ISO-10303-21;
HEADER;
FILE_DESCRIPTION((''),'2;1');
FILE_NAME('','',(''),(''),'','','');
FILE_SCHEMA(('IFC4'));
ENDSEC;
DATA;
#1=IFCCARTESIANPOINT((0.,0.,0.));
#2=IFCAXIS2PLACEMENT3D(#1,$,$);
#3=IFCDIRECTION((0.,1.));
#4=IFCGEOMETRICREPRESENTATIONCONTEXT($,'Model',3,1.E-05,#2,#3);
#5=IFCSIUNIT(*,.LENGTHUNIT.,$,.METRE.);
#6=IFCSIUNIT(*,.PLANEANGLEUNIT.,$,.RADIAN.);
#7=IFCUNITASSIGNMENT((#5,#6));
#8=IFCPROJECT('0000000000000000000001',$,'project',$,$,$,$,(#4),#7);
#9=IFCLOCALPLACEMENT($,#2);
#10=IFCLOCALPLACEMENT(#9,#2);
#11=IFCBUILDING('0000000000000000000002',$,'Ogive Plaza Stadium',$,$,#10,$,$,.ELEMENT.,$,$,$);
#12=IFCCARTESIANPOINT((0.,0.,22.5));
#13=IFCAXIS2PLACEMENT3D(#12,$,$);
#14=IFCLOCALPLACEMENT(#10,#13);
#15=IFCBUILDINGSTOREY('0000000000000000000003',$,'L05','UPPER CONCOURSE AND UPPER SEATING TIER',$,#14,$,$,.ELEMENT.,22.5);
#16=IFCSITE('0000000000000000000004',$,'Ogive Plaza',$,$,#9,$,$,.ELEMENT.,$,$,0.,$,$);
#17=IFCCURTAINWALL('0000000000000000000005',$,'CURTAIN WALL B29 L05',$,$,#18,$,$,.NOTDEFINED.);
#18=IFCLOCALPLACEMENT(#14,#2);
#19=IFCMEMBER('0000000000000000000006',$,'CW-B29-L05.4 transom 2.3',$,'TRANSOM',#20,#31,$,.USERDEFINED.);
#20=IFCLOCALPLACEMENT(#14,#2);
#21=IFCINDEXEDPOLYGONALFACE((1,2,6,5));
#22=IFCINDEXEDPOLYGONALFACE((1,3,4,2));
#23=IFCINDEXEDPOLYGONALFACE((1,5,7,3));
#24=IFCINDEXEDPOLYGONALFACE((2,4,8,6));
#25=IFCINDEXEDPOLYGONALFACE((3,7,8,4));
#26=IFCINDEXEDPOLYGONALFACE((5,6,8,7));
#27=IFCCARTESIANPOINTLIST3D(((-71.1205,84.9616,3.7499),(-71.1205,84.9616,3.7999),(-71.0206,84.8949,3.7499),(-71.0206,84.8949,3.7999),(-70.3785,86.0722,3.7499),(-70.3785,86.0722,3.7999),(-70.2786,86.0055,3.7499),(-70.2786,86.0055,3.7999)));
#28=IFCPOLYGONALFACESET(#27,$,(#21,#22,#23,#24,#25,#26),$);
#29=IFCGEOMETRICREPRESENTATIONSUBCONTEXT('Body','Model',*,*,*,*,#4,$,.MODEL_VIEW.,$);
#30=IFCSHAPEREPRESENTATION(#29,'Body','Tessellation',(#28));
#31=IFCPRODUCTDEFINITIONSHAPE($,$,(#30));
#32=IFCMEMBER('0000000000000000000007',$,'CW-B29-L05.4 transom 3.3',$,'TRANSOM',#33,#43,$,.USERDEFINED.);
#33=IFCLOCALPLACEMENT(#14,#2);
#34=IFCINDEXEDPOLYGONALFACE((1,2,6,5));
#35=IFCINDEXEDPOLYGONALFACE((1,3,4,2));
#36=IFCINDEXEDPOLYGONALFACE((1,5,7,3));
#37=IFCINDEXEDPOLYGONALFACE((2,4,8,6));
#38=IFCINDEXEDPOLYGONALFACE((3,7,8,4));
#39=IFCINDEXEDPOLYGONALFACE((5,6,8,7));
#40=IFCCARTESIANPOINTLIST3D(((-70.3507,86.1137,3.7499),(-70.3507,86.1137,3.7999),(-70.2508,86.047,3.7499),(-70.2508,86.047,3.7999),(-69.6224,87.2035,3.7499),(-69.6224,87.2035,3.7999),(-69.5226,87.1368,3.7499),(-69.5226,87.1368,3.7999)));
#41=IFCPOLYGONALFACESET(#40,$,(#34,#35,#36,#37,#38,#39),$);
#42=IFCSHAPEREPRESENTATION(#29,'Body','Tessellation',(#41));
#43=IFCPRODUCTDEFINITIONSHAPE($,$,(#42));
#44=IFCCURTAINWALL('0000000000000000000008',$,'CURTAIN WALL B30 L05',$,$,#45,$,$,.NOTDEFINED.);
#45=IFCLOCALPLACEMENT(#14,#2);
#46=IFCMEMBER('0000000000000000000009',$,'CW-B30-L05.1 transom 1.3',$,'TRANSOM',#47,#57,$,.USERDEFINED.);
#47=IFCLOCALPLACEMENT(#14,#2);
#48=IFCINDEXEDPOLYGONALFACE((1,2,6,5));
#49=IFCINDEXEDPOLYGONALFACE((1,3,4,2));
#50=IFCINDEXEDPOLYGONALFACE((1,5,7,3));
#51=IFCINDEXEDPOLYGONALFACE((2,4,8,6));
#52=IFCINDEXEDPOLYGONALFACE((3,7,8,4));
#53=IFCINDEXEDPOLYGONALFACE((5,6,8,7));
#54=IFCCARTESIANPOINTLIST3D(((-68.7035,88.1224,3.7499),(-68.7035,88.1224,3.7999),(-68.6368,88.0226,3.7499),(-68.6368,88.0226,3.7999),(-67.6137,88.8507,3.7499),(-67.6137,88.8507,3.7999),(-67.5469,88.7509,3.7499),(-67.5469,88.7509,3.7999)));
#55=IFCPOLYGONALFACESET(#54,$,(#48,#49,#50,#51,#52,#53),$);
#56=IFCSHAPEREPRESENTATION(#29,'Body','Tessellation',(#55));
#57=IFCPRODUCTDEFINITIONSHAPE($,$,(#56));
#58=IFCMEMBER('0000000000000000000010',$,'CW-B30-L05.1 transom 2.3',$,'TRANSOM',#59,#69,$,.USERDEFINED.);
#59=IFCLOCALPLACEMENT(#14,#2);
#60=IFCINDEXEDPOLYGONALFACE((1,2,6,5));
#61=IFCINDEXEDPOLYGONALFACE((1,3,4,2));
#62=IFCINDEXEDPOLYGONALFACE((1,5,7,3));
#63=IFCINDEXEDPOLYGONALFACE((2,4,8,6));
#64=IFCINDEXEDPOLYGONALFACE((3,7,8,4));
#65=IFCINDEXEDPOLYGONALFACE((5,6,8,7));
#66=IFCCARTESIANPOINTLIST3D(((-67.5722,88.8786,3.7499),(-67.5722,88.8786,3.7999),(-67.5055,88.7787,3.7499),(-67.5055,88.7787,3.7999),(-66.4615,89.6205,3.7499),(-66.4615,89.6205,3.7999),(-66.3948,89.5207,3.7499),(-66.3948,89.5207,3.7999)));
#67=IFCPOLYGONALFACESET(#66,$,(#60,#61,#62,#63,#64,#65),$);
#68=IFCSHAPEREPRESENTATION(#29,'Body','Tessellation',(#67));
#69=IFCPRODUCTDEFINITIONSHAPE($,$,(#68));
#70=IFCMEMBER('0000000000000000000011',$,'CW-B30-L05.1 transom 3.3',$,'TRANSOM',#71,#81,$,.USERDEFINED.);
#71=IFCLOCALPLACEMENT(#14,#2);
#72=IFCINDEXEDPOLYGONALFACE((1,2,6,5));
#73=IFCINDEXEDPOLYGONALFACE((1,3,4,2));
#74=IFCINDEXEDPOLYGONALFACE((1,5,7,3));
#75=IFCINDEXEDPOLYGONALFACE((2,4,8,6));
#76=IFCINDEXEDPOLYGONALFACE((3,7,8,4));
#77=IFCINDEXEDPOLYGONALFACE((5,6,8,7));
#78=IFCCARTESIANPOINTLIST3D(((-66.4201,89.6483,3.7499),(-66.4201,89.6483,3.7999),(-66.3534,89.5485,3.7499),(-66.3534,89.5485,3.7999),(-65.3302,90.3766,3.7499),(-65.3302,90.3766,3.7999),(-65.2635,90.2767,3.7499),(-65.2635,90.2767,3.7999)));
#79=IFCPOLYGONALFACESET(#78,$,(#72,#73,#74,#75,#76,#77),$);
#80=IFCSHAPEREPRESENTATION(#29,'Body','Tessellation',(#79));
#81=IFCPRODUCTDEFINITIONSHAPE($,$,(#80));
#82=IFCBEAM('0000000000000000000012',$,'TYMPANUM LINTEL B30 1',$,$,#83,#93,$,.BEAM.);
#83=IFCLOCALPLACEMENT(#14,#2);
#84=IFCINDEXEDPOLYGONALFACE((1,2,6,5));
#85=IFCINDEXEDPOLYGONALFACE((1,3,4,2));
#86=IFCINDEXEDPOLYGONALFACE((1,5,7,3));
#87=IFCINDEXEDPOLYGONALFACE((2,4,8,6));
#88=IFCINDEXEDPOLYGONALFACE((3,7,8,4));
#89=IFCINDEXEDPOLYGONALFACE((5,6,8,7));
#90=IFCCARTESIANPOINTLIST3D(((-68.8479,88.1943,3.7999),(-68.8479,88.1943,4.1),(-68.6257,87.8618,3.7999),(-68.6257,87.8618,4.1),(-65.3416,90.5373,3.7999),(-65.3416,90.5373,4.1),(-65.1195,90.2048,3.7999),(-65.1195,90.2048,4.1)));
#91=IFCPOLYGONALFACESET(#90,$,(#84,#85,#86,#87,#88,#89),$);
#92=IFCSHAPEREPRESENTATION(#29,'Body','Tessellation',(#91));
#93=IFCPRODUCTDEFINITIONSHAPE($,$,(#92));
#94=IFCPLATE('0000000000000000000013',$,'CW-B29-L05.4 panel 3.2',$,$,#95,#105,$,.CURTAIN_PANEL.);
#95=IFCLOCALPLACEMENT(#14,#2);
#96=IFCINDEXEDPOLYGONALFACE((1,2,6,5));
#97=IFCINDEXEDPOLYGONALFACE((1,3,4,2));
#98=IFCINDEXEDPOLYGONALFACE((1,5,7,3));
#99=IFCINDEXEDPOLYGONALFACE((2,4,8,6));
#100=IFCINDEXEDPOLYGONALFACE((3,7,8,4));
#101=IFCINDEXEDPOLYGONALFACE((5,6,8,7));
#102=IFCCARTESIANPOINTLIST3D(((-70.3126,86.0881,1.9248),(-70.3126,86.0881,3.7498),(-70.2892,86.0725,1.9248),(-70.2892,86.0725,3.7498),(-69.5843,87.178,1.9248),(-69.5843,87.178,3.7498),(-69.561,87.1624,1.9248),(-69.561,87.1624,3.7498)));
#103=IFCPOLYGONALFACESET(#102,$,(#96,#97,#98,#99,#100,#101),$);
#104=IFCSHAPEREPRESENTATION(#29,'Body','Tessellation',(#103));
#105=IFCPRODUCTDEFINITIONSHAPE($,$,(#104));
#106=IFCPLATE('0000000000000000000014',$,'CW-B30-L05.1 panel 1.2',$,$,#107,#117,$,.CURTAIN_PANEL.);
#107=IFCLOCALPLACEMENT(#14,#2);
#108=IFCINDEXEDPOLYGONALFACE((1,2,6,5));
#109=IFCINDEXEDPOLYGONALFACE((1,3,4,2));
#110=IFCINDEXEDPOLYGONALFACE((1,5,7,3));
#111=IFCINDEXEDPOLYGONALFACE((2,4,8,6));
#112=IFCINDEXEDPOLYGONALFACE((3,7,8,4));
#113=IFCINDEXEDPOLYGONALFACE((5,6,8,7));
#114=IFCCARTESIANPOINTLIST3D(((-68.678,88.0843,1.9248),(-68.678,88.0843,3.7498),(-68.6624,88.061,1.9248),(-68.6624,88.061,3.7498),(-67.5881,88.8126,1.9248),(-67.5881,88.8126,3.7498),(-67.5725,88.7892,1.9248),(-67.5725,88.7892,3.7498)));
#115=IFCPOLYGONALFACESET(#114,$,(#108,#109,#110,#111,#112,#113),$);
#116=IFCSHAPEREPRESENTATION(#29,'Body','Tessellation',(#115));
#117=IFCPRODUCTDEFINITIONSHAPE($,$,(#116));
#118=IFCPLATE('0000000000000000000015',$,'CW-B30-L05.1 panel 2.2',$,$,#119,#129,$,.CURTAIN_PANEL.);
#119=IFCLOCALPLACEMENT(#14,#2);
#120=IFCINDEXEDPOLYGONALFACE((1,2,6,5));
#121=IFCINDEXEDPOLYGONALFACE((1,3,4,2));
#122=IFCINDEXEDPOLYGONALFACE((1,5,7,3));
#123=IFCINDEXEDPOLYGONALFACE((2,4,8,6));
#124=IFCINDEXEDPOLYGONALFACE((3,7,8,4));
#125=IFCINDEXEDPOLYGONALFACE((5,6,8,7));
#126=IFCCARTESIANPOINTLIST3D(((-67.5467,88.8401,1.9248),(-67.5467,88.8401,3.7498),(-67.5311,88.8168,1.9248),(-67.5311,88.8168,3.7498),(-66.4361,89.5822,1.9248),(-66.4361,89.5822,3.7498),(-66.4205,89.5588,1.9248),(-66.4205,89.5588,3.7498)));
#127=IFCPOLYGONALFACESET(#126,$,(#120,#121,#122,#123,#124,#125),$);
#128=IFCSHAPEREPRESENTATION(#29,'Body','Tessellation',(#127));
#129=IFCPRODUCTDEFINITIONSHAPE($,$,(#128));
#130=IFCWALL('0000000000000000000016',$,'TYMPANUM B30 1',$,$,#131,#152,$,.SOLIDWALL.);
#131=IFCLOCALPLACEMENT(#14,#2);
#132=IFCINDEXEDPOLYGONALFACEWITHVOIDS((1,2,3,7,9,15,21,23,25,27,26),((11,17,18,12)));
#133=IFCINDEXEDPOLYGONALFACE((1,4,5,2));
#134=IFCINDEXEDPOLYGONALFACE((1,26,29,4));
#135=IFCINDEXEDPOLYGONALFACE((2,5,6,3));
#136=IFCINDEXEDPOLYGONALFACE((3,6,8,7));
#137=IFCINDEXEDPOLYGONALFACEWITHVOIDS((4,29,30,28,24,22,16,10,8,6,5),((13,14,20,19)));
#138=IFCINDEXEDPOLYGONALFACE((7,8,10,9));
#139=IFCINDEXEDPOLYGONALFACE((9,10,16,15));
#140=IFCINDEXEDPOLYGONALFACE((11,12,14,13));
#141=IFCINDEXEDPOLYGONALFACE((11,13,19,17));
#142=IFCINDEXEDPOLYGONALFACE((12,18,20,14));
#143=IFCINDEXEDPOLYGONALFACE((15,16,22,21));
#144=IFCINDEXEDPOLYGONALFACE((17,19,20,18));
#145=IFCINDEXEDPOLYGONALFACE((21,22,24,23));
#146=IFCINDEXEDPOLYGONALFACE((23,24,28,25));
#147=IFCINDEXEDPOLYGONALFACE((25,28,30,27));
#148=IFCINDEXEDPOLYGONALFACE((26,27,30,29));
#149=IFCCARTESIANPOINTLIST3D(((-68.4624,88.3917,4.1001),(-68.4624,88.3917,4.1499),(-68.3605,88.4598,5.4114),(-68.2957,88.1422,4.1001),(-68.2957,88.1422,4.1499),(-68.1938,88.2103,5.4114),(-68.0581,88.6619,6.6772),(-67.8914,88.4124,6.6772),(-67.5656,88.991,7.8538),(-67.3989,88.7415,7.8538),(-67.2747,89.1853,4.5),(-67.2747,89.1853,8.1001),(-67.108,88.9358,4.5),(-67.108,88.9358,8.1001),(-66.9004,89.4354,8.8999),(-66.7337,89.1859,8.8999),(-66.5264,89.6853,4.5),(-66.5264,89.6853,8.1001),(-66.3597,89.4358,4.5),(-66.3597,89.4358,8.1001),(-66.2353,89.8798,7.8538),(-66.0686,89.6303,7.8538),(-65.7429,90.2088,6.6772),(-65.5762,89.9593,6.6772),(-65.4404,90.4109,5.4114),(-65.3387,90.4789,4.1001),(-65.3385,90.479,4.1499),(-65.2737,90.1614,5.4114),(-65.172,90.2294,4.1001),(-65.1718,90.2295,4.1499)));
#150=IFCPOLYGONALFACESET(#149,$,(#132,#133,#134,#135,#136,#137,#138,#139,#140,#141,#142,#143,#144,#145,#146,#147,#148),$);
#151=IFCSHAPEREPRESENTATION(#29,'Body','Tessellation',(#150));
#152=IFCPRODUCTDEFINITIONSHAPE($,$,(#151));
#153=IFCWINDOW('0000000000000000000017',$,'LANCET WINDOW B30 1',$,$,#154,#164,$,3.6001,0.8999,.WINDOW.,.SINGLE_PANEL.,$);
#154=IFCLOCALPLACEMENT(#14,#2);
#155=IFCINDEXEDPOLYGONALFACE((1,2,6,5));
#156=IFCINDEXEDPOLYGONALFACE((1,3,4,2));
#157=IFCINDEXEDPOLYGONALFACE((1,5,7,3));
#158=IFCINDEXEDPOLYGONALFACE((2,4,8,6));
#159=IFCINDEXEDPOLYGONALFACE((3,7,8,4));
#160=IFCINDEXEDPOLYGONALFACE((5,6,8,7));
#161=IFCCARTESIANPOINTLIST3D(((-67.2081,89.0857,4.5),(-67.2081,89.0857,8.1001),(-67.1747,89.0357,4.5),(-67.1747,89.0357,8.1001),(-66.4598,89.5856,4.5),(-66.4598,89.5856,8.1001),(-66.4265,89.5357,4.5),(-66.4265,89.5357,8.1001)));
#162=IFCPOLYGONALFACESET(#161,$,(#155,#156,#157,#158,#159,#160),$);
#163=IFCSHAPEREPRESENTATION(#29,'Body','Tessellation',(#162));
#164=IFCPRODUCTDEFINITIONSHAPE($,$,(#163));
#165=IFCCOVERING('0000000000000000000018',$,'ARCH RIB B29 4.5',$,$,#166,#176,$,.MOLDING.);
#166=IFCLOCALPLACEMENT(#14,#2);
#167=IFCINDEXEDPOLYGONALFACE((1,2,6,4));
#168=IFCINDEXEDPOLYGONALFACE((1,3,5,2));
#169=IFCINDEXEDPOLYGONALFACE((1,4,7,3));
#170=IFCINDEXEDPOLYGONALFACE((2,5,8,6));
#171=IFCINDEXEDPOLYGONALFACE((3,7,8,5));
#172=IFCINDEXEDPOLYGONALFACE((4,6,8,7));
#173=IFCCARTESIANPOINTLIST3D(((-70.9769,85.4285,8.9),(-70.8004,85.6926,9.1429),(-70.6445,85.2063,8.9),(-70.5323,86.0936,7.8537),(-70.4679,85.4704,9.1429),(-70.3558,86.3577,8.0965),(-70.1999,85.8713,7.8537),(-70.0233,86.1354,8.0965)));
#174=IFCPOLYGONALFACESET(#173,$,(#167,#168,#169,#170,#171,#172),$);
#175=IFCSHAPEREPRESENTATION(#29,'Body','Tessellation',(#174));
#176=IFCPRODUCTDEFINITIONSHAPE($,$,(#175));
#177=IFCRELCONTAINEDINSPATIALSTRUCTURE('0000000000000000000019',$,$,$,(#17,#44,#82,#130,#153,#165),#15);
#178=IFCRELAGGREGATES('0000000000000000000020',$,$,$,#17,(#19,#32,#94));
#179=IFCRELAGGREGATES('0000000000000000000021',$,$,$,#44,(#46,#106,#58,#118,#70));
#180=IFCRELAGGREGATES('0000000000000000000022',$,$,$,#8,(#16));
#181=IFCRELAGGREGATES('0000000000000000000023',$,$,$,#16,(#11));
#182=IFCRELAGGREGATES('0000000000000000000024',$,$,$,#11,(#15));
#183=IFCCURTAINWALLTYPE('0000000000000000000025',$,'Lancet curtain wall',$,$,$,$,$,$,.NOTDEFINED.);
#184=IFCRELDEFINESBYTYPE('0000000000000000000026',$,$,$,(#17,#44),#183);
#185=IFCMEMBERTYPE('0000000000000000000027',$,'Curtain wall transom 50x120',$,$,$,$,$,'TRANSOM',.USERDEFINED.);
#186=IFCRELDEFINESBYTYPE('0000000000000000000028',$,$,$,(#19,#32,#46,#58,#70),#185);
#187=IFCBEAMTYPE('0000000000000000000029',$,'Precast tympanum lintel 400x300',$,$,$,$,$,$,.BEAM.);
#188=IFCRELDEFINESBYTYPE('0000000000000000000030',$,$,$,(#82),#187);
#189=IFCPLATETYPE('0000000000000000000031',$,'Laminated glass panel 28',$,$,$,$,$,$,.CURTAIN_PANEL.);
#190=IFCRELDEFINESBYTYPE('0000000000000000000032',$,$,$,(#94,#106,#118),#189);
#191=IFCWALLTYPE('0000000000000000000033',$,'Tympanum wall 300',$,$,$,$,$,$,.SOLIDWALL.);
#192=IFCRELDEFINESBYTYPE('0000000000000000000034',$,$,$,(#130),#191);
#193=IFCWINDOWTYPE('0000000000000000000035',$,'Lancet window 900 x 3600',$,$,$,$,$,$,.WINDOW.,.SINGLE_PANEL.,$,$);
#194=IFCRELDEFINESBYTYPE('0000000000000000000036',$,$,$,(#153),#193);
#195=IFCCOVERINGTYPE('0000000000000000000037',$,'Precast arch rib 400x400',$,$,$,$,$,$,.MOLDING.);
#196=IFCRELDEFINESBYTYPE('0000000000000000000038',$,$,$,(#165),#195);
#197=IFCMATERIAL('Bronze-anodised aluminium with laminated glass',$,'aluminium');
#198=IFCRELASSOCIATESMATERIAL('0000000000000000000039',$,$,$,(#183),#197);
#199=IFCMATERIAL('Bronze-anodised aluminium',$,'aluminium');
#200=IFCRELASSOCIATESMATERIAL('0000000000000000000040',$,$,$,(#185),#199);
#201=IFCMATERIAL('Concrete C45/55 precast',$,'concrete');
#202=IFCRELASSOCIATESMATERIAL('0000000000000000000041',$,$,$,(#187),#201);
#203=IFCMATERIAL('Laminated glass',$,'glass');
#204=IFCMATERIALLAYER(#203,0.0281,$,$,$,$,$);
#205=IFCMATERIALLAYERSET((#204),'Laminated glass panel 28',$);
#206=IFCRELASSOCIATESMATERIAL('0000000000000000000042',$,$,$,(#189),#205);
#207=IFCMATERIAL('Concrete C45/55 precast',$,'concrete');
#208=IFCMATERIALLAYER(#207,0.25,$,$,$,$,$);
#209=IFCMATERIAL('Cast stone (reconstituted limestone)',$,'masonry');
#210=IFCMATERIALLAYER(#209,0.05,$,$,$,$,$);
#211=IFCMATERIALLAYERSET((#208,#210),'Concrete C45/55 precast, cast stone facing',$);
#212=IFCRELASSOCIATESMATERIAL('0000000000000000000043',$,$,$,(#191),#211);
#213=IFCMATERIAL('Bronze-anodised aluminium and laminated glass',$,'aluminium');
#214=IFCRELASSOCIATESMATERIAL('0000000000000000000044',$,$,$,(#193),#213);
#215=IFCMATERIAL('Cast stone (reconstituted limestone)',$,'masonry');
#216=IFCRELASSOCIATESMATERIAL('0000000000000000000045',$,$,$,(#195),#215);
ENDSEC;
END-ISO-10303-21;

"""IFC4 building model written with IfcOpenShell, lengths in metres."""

from ifc_helpers import new_model, si_unit, direction, frame, frame_2d, origin, origin_2d, place, context, subcontext, project, spatial, polyline, rectangle, outline, extrude, material, layer, layer_set, material_profile, profile_set, type_object, element, fill, aggregate, save


model = new_model("IFC4")

# Units and contexts
model_context = context("Model", 3, precision=1e-05, world=origin(), true_north=direction((0.0, 1.0)))
body_context = subcontext(model_context, "Body", "Model", "MODEL_VIEW")
ifc_project = project(units=[si_unit("LENGTHUNIT", "METRE"), si_unit("PLANEANGLEUNIT", "RADIAN")], contexts=[model_context])

# Site, building, storey
site_placement = place(None, origin())
site = spatial("IfcSite", under=ifc_project, at=site_placement, Name="Ogive Plaza", CompositionType="ELEMENT", RefElevation=0.0)
building_placement = place(site_placement, origin())
building = spatial("IfcBuilding", under=site, at=building_placement, Name="Ogive Plaza Stadium", CompositionType="ELEMENT")
storey_placement = place(building_placement, frame((0.0, 0.0, 22.5)))
storey = spatial("IfcBuildingStorey", under=building, at=storey_placement, Name="L05", Description="UPPER CONCOURSE AND UPPER SEATING TIER", CompositionType="ELEMENT", Elevation=22.5)

# Curtain walls, members
ifc_material_1 = material(Name="Bronze-anodised aluminium with laminated glass", Category="aluminium")
curtain_wall_type = type_object("IfcCurtainWallType", Name="Lancet curtain wall", PredefinedType="NOTDEFINED", material=ifc_material_1)
curtain_wall_1_placement = place(storey_placement, origin())
curtain_wall_1 = element("IfcCurtainWall", 1, at=curtain_wall_1_placement, inside=storey, type_object=curtain_wall_type, Name="CURTAIN WALL B29 L05", PredefinedType="NOTDEFINED")
ifc_material_2 = material(Name="Bronze-anodised aluminium", Category="aluminium")
ifc_material_profile_1 = material_profile(ifc_material_2, rectangle(XDim=0.1201, YDim=0.05, at=origin_2d()), Name="AL 120x50")
ifc_profile_set_1 = profile_set([ifc_material_profile_1], Name="Bronze-anodised aluminium")
member_type = type_object("IfcMemberType", Name="Curtain wall transom 50x120", ElementType="TRANSOM", PredefinedType="USERDEFINED", material=ifc_profile_set_1)
member_1_placement = place(storey_placement, frame((-71.0706, 84.9282, 3.7749), z_axis=(0.555501, 0.831516, 0.0), x_axis=(-0.831516, 0.555501, 0.0)))
member_1 = element("IfcMember", 2, at=member_1_placement, type_object=member_type, Name="CW-B29-L05.4 transom 2.3", ObjectType="TRANSOM", PredefinedType="USERDEFINED", context=body_context, shape_type="SweptSolid", body=[
    extrude(rectangle(XDim=0.1201, YDim=0.05, at=origin_2d()), origin(), (0.0, 0.0, 1.0), 1.3357),
])
member_2_placement = place(storey_placement, frame((-70.3008, 86.0803, 3.7749), z_axis=(0.555602, 0.831448, 0.0), x_axis=(-0.831448, 0.555602, 0.0)))
member_2 = element("IfcMember", 3, at=member_2_placement, type_object=member_type, Name="CW-B29-L05.4 transom 3.3", ObjectType="TRANSOM", PredefinedType="USERDEFINED", context=body_context, shape_type="SweptSolid", body=[
    extrude(rectangle(XDim=0.1201, YDim=0.05, at=origin_2d()), origin(), (0.0, 0.0, 1.0), 1.3108),
])
curtain_wall_2_placement = place(storey_placement, origin())
curtain_wall_2 = element("IfcCurtainWall", 4, at=curtain_wall_2_placement, inside=storey, type_object=curtain_wall_type, Name="CURTAIN WALL B30 L05", PredefinedType="NOTDEFINED")
member_3_placement = place(storey_placement, frame((-68.6702, 88.0725, 3.7749), z_axis=(0.831448, 0.555602, 0.0), x_axis=(-0.555602, 0.831448, 0.0)))
member_3 = element("IfcMember", 5, at=member_3_placement, type_object=member_type, Name="CW-B30-L05.1 transom 1.3", ObjectType="TRANSOM", PredefinedType="USERDEFINED", context=body_context, shape_type="SweptSolid", body=[
    extrude(rectangle(XDim=0.1201, YDim=0.05, at=origin_2d()), origin(), (0.0, 0.0, 1.0), 1.3108),
])
member_4_placement = place(storey_placement, frame((-67.5388, 88.8286, 3.7749), z_axis=(0.831516, 0.555501, 0.0), x_axis=(-0.555501, 0.831516, 0.0)))
member_4 = element("IfcMember", 6, at=member_4_placement, type_object=member_type, Name="CW-B30-L05.1 transom 2.3", ObjectType="TRANSOM", PredefinedType="USERDEFINED", context=body_context, shape_type="SweptSolid", body=[
    extrude(rectangle(XDim=0.1201, YDim=0.05, at=origin_2d()), origin(), (0.0, 0.0, 1.0), 1.3357),
])
member_5_placement = place(storey_placement, frame((-66.3867, 89.5984, 3.7749), z_axis=(0.831448, 0.555602, 0.0), x_axis=(-0.555602, 0.831448, 0.0)))
member_5 = element("IfcMember", 7, at=member_5_placement, type_object=member_type, Name="CW-B30-L05.1 transom 3.3", ObjectType="TRANSOM", PredefinedType="USERDEFINED", context=body_context, shape_type="SweptSolid", body=[
    extrude(rectangle(XDim=0.1201, YDim=0.05, at=origin_2d()), origin(), (0.0, 0.0, 1.0), 1.3108),
])

# Beam
ifc_material_3 = material(Name="Concrete C45/55 precast", Category="concrete")
ifc_material_profile_2 = material_profile(ifc_material_3, rectangle(XDim=0.3999, YDim=0.3, at=origin_2d()), Name="RC 400x300")
ifc_profile_set_2 = profile_set([ifc_material_profile_2], Name="Concrete C45/55 precast")
beam_type = type_object("IfcBeamType", Name="Precast tympanum lintel 400x300", PredefinedType="BEAM", material=ifc_profile_set_2)
beam_placement = place(storey_placement, frame((-68.7368, 88.0281, 3.95), z_axis=(0.831453, 0.555595, 0.0), x_axis=(-0.555595, 0.831453, 0.0)))
element("IfcBeam", 8, at=beam_placement, inside=storey, type_object=beam_type, Name="TYMPANUM LINTEL B30 1", PredefinedType="BEAM", context=body_context, shape_type="SweptSolid", body=[
    extrude(rectangle(XDim=0.3999, YDim=0.3, at=origin_2d()), origin(), (0.0, 0.0, 1.0), 4.217),
])

# Plates
ifc_material_4 = material(Name="Laminated glass", Category="glass")
ifc_layer_1 = layer(ifc_material_4, 0.0281)
ifc_layer_set_1 = layer_set([ifc_layer_1], Name="Laminated glass panel 28")
plate_type = type_object("IfcPlateType", Name="Laminated glass panel 28", PredefinedType="CURTAIN_PANEL", material=ifc_layer_set_1)
plate_1_placement = place(storey_placement, frame((-69.9368, 86.6252, 1.9248), z_axis=(0.0, 0.0, 1.0), x_axis=(0.55557, 0.83147, 0.0)))
plate_1 = element("IfcPlate", 9, at=plate_1_placement, type_object=plate_type, Name="CW-B29-L05.4 panel 3.2", PredefinedType="CURTAIN_PANEL", context=body_context, shape_type="SweptSolid", body=[
    extrude(rectangle(XDim=1.3108, YDim=0.0281, at=origin_2d()), origin(), (0.0, 0.0, 1.0), 1.825),
])
aggregate(curtain_wall_1, [member_1, member_2, plate_1])
plate_2_placement = place(storey_placement, frame((-68.1252, 88.4368, 1.9248), z_axis=(0.0, 0.0, 1.0), x_axis=(0.83147, 0.55557, 0.0)))
plate_2 = element("IfcPlate", 10, at=plate_2_placement, type_object=plate_type, Name="CW-B30-L05.1 panel 1.2", PredefinedType="CURTAIN_PANEL", context=body_context, shape_type="SweptSolid", body=[
    extrude(rectangle(XDim=1.3108, YDim=0.0281, at=origin_2d()), origin(), (0.0, 0.0, 1.0), 1.825),
])
plate_3_placement = place(storey_placement, frame((-66.9836, 89.1995, 1.9248), z_axis=(0.0, 0.0, 1.0), x_axis=(0.83147, 0.55557, 0.0)))
plate_3 = element("IfcPlate", 11, at=plate_3_placement, type_object=plate_type, Name="CW-B30-L05.1 panel 2.2", PredefinedType="CURTAIN_PANEL", context=body_context, shape_type="SweptSolid", body=[
    extrude(rectangle(XDim=1.3357, YDim=0.0281, at=origin_2d()), origin(), (0.0, 0.0, 1.0), 1.825),
])
aggregate(curtain_wall_2, [member_3, plate_2, member_4, plate_3, member_5])

# Wall, opening, window
ifc_material_5 = material(Name="Concrete C45/55 precast", Category="concrete")
ifc_layer_2 = layer(ifc_material_5, 0.25)
ifc_material_6 = material(Name="Cast stone (reconstituted limestone)", Category="masonry")
ifc_layer_3 = layer(ifc_material_6, 0.05)
ifc_layer_set_2 = layer_set([ifc_layer_2, ifc_layer_3], Name="Concrete C45/55 precast, cast stone facing")
wall_type = type_object("IfcWallType", Name="Tympanum wall 300", PredefinedType="SOLIDWALL", material=ifc_layer_set_2)
wall_placement = place(storey_placement, frame((-68.3792, 88.2671, 4.1001), z_axis=(0.0, 0.0, 1.0), x_axis=(0.83148, 0.555555, 0.0)))
wall = element("IfcWall", 12, at=wall_placement, inside=storey, type_object=wall_type, Name="TYMPANUM B30 1", PredefinedType="SOLIDWALL", context=body_context, shape_type="SweptSolid", body=[
    extrude(outline(polyline([(0.0, 0.0), (3.7568, 0.0), (3.7571, 0.0498), (3.6345, 1.3113), (3.2708, 2.5771), (2.6785, 3.7537), (1.8787, 4.7998), (1.0786, 3.7537), (0.4863, 2.5771), (0.1226, 1.3113), (0.0, 0.0498), (0.0, 0.0)])), frame((0.0, 0.1499, 0.0), z_axis=(0.0, -1.0, 0.0), x_axis=(1.0, 0.0, 0.0)), (0.0, 0.0, 1.0), 0.3),
])
opening_placement = place(wall_placement, frame((1.4285, 0.0, 0.3999)))
opening = element("IfcOpeningElement", 13, at=opening_placement, cuts=wall, PredefinedType="OPENING", context=body_context, shape_type="SweptSolid", body=[
    extrude(rectangle(XDim=0.8999, YDim=3.6001, at=frame_2d((0.45, 1.8))), frame((0.0, 0.1602, 0.0), z_axis=(0.0, -1.0, 0.0), x_axis=(1.0, 0.0, 0.0)), (0.0, 0.0, 1.0), 0.3201),
])
ifc_material_7 = material(Name="Bronze-anodised aluminium and laminated glass", Category="aluminium")
window_type = type_object("IfcWindowType", Name="Lancet window 900 x 3600", PartitioningType="SINGLE_PANEL", PredefinedType="WINDOW", material=ifc_material_7)
window_placement = place(opening_placement, origin())
window = element("IfcWindow", 14, at=window_placement, inside=storey, type_object=window_type, Name="LANCET WINDOW B30 1", OverallHeight=3.6001, OverallWidth=0.8999, PartitioningType="SINGLE_PANEL", PredefinedType="WINDOW", context=body_context, shape_type="SweptSolid", body=[
    extrude(rectangle(XDim=0.8999, YDim=3.6001, at=frame_2d((0.45, 1.8))), frame((0.0, 0.03, 0.0), z_axis=(0.0, -1.0, 0.0), x_axis=(1.0, 0.0, 0.0)), (0.0, 0.0, 1.0), 0.0601),
])
fill(opening, window)

# Covering
ifc_material_8 = material(Name="Cast stone (reconstituted limestone)", Category="masonry")
ifc_material_profile_3 = material_profile(ifc_material_8, rectangle(XDim=0.3999, YDim=0.3999, at=origin_2d()), Name="Cast stone 400x400")
ifc_profile_set_3 = profile_set([ifc_material_profile_3], Name="Cast stone (reconstituted limestone)")
covering_type = type_object("IfcCoveringType", Name="Precast arch rib 400x400", PredefinedType="MOLDING", material=ifc_profile_set_3)
for number, where, z_axis, x_axis, name in (
    (15, (-70.7224, 85.4495, 9.0215), (0.337535, 0.504912, -0.794439), (-0.831345, 0.555756, 0.0), "ARCH RIB B29 4.5"),
):
    element("IfcCovering", number, at=place(storey_placement, frame(where, z_axis=z_axis, x_axis=x_axis)), inside=storey, type_object=covering_type, Name=name, PredefinedType="MOLDING", context=body_context, shape_type="SweptSolid", body=[
        extrude(rectangle(XDim=0.3999, YDim=0.3999, at=origin_2d()), origin(), (0.0, 0.0, 1.0), 1.3171),
    ])

save(model, "model.ifc")
